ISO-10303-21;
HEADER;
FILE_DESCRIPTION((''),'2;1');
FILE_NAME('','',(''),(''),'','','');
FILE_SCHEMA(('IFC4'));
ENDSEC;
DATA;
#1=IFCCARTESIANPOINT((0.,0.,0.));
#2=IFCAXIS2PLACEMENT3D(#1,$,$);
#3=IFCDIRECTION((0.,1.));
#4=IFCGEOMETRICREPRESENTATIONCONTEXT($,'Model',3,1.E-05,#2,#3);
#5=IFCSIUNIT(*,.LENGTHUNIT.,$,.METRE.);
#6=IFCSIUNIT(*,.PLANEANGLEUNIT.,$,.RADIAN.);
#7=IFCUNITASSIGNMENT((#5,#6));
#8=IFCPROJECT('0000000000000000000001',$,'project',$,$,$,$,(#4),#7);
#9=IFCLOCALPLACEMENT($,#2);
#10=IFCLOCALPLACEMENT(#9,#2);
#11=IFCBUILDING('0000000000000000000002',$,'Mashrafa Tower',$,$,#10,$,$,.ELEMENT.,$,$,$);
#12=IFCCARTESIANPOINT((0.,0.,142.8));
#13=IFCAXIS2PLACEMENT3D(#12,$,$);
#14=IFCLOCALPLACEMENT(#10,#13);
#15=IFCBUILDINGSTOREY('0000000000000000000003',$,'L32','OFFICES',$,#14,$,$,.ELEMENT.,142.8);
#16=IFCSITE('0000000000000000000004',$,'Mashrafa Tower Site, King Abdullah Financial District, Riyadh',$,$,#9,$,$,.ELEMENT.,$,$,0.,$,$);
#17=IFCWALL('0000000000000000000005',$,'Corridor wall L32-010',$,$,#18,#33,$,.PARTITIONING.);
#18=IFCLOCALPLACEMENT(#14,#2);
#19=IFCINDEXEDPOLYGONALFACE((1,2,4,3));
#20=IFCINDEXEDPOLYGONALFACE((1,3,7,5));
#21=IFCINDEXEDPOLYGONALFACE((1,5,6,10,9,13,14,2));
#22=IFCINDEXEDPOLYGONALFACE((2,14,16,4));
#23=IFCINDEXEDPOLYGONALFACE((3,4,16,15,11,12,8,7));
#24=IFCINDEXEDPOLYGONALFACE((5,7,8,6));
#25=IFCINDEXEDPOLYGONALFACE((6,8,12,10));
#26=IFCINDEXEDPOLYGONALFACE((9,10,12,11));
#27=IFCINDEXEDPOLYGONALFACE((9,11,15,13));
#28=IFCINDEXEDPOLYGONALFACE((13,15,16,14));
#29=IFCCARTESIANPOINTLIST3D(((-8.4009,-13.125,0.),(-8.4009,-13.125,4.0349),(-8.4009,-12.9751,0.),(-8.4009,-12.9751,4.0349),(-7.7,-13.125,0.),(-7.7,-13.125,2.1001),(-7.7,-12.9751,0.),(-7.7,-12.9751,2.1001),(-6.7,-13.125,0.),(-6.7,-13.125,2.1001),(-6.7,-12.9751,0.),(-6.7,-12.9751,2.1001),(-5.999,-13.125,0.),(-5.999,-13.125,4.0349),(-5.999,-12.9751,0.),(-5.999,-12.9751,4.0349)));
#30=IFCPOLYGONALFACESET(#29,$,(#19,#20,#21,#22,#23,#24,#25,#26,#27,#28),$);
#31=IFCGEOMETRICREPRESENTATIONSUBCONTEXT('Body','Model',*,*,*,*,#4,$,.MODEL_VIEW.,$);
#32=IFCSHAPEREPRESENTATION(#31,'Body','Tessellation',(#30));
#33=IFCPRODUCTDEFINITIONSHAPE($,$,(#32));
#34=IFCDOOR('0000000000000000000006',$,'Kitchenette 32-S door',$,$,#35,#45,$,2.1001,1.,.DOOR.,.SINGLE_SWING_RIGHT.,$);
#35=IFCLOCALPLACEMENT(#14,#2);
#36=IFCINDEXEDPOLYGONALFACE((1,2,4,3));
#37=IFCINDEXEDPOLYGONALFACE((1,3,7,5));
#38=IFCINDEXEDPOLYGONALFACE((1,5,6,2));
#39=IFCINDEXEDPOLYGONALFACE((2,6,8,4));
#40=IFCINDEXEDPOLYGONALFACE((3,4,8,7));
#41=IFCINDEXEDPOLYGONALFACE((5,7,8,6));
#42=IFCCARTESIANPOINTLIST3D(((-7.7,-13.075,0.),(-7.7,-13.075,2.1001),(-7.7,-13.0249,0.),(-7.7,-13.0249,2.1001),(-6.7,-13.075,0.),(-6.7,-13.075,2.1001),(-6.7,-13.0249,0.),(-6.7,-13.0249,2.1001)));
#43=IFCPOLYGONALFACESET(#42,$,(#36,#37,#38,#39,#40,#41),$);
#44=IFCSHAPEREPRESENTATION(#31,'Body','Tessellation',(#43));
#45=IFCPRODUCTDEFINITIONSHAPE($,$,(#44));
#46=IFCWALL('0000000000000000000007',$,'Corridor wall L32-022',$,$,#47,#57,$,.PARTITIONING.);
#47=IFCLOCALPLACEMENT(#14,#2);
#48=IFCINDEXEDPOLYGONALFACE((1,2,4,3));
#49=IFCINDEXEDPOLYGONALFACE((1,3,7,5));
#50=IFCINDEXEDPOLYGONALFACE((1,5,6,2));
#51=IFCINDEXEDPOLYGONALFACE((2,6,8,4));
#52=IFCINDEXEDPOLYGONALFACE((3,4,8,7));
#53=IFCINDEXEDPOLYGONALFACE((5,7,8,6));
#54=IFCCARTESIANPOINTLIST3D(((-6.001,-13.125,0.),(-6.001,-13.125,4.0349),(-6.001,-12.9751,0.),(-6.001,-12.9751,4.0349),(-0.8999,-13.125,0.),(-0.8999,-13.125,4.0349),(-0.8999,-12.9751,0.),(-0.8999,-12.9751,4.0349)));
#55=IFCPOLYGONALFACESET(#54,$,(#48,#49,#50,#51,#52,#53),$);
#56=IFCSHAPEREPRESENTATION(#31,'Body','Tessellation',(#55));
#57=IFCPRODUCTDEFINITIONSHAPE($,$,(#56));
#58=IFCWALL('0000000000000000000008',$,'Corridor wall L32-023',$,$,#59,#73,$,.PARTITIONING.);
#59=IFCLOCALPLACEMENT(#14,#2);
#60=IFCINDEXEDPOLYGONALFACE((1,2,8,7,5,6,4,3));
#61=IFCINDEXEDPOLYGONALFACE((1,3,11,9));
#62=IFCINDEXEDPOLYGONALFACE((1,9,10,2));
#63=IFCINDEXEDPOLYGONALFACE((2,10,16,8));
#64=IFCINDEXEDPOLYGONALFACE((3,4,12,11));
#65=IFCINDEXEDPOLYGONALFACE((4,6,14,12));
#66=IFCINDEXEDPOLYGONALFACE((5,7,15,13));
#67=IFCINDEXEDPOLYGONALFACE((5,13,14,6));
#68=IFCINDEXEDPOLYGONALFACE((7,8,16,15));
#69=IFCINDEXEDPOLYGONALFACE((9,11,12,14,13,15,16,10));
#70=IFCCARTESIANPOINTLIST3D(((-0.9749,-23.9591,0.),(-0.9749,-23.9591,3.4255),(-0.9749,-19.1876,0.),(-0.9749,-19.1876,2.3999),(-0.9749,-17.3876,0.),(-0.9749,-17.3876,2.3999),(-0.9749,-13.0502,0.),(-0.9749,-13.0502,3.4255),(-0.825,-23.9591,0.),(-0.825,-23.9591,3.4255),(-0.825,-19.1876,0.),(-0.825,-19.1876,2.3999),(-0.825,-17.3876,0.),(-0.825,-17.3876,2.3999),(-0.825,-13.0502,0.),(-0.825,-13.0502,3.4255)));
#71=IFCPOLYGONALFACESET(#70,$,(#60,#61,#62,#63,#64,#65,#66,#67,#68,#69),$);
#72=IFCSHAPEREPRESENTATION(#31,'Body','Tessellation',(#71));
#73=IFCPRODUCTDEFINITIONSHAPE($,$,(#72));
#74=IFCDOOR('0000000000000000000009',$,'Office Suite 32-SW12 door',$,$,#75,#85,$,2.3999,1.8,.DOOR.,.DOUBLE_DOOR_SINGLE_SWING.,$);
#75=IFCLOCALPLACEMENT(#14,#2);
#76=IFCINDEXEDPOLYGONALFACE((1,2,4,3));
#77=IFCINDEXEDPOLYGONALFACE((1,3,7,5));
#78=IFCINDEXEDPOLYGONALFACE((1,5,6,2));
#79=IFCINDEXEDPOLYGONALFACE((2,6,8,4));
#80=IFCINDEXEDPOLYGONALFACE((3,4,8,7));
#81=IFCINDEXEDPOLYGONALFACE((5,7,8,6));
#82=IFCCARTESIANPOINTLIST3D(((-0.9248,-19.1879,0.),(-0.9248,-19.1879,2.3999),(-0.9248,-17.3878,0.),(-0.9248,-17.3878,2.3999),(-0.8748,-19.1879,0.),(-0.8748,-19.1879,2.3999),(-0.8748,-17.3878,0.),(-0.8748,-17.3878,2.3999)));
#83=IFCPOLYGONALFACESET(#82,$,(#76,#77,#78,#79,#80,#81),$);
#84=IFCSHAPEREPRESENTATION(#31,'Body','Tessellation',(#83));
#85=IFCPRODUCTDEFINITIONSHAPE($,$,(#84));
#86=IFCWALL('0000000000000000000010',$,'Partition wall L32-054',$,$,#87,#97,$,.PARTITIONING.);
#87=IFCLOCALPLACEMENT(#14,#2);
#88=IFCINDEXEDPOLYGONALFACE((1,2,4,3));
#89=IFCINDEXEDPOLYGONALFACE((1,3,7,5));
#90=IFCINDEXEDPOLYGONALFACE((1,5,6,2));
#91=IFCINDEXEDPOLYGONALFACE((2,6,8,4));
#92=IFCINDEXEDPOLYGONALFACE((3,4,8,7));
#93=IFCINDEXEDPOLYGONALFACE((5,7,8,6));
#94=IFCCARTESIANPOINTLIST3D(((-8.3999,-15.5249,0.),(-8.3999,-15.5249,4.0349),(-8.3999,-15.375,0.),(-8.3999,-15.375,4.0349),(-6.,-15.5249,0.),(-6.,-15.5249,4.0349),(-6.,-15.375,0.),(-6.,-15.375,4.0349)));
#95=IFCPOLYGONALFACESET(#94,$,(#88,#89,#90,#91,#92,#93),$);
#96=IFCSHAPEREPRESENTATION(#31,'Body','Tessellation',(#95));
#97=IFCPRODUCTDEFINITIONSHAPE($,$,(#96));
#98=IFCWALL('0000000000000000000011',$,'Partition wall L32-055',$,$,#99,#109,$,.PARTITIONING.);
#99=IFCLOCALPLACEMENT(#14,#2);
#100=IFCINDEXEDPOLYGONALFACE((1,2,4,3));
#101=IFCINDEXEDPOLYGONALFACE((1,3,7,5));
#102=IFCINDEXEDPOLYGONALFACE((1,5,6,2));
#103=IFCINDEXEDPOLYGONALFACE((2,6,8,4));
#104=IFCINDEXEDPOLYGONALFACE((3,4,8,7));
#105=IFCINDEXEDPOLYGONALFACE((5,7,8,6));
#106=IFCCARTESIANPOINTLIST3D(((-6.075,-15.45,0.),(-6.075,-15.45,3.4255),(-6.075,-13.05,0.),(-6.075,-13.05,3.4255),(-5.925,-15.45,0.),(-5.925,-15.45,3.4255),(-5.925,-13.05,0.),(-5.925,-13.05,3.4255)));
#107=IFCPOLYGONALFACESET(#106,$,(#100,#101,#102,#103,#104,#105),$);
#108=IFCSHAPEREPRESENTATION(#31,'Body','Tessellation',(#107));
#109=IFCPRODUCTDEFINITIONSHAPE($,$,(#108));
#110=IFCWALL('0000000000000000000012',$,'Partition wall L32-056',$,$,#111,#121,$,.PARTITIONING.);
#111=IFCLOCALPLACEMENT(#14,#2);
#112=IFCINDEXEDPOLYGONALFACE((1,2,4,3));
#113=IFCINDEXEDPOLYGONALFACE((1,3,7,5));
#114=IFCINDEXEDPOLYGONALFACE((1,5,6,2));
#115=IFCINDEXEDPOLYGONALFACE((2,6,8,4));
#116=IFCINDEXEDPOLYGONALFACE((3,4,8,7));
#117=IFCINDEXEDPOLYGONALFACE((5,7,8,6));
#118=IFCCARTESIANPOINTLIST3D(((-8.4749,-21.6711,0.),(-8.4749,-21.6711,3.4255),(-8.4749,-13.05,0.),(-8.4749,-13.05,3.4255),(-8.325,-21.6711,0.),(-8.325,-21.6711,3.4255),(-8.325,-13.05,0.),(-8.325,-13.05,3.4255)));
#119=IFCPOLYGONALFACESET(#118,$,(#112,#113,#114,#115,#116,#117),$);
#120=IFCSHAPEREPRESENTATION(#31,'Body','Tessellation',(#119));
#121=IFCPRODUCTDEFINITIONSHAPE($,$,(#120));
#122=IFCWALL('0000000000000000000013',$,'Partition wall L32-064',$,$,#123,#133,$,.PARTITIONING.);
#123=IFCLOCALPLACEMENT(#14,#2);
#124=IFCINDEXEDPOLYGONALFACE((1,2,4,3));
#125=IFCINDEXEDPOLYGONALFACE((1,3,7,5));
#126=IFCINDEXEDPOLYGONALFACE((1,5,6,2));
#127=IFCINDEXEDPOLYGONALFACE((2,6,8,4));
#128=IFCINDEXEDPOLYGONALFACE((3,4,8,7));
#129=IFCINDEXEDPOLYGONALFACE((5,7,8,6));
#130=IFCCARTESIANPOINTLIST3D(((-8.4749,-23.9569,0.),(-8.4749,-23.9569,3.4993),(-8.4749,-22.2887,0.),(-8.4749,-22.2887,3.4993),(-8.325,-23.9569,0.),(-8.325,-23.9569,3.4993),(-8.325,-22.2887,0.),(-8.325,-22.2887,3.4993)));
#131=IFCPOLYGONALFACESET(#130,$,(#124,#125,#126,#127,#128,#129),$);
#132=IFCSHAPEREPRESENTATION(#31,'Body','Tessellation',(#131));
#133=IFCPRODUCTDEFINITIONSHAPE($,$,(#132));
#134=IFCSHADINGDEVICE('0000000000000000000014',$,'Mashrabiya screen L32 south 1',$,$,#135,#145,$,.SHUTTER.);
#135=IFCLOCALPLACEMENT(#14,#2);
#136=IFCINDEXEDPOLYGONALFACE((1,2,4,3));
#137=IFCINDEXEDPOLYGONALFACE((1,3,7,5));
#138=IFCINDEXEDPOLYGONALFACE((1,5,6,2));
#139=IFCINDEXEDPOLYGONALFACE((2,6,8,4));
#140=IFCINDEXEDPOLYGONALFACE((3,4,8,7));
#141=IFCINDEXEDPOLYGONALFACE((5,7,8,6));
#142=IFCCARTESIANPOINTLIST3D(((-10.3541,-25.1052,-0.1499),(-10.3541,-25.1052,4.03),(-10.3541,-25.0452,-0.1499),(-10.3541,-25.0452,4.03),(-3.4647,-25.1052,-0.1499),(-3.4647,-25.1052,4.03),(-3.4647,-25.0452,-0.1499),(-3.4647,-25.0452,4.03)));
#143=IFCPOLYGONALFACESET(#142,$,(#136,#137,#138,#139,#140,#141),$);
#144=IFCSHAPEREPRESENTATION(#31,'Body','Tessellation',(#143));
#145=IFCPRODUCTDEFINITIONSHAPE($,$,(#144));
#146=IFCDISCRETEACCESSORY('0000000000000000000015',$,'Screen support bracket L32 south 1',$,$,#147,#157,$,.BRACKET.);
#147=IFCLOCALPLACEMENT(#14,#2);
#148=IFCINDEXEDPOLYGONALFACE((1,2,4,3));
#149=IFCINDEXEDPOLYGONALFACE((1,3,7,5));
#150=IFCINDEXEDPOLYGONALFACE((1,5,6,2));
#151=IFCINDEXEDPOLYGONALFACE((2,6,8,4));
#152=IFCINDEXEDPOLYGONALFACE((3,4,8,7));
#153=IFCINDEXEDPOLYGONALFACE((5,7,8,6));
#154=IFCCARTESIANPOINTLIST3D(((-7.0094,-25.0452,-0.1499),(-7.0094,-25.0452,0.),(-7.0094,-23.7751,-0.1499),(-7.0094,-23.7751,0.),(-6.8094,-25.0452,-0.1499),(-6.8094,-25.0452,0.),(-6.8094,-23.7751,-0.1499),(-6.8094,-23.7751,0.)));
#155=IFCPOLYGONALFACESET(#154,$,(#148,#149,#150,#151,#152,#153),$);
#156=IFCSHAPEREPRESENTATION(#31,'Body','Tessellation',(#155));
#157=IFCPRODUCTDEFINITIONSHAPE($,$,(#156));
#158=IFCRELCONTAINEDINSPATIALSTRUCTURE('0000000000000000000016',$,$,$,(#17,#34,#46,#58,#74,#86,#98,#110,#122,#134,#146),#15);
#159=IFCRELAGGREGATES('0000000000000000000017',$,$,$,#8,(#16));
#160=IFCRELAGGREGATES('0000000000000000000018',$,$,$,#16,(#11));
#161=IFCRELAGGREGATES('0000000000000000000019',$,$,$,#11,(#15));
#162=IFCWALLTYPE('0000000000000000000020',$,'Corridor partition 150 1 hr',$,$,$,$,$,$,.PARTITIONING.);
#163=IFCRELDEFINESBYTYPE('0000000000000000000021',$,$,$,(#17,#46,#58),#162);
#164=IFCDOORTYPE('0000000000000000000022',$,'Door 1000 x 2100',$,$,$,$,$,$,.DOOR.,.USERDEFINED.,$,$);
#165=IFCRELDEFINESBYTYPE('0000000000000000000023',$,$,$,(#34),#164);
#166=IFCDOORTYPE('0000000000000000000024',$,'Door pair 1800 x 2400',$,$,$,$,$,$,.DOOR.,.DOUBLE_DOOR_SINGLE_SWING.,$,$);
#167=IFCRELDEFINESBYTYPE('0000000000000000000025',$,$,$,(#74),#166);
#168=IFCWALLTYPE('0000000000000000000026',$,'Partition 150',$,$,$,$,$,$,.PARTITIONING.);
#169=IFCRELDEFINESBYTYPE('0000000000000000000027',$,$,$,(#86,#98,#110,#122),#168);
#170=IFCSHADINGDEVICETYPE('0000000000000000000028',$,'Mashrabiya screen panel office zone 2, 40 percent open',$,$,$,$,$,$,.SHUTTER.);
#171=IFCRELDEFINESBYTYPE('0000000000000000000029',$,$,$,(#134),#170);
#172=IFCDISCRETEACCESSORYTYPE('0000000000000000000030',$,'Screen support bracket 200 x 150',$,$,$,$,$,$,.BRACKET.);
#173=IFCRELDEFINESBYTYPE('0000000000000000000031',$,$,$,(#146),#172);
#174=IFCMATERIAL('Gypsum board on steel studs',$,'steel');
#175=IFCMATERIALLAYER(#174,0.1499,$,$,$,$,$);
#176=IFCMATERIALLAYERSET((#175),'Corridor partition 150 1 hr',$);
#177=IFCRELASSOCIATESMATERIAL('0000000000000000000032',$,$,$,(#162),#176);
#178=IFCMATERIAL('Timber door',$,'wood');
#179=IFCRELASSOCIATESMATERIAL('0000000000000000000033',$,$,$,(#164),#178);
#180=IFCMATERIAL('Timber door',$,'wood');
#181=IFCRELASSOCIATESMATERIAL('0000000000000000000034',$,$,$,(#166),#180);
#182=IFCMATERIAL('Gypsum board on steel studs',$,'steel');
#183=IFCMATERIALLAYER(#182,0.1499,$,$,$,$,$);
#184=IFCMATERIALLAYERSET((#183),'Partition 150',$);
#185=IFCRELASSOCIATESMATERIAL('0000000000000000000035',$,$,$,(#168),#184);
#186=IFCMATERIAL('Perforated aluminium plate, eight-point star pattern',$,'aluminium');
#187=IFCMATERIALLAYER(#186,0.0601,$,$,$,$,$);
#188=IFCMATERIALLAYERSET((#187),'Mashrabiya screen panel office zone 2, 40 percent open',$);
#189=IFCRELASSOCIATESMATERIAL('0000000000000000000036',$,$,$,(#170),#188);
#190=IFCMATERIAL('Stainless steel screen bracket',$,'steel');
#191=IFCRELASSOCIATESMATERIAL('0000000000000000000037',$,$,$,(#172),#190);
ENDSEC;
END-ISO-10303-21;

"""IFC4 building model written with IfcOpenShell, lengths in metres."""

from ifc_helpers import new_model, si_unit, direction, frame, frame_2d, origin, origin_2d, place, context, subcontext, project, spatial, rectangle, extrude, source, transform, mapped, material, layer, layer_set, type_object, type_shapes, element, fill, save


model = new_model("IFC4")

# Units and contexts
model_context = context("Model", 3, precision=1e-05, world=origin(), true_north=direction((0.0, 1.0)))
body_context = subcontext(model_context, "Body", "Model", "MODEL_VIEW")
ifc_project = project(units=[si_unit("LENGTHUNIT", "METRE"), si_unit("PLANEANGLEUNIT", "RADIAN")], contexts=[model_context])

# Site, building, storey
site_placement = place(None, origin())
site = spatial("IfcSite", under=ifc_project, at=site_placement, Name="Mashrafa Tower Site, King Abdullah Financial District, Riyadh", CompositionType="ELEMENT", RefElevation=0.0)
building_placement = place(site_placement, origin())
building = spatial("IfcBuilding", under=site, at=building_placement, Name="Mashrafa Tower", CompositionType="ELEMENT")
storey_placement = place(building_placement, frame((0.0, 0.0, 142.8)))
storey = spatial("IfcBuildingStorey", under=building, at=storey_placement, Name="L32", Description="OFFICES", CompositionType="ELEMENT", Elevation=142.8)

# Wall, opening, door
ifc_material_1 = material(Name="Gypsum board on steel studs", Category="steel")
ifc_layer_1 = layer(ifc_material_1, 0.1499)
ifc_layer_set_1 = layer_set([ifc_layer_1], Name="Corridor partition 150 1 hr")
wall_type_1 = type_object("IfcWallType", Name="Corridor partition 150 1 hr", PredefinedType="PARTITIONING", material=ifc_layer_set_1)
wall_1_placement = place(storey_placement, frame((-8.4009, -13.05, 0.0), z_axis=(0.0, 0.0, 1.0), x_axis=(1.0, 0.0, 0.0)))
wall_1 = element("IfcWall", 1, at=wall_1_placement, inside=storey, type_object=wall_type_1, Name="Corridor wall L32-010", PredefinedType="PARTITIONING", context=body_context, shape_type="SweptSolid", body=[
    extrude(rectangle(XDim=2.4019, YDim=0.1499, at=frame_2d((1.2009, 0.0))), origin(), (0.0, 0.0, 1.0), 4.0349),
])
opening_1_placement = place(wall_1_placement, frame((0.7009, 0.0, 0.0)))
opening_1 = element("IfcOpeningElement", 2, at=opening_1_placement, cuts=wall_1, PredefinedType="OPENING", context=body_context, shape_type="SweptSolid", body=[
    extrude(rectangle(XDim=1.0, YDim=2.1001, at=frame_2d((0.5, 1.05))), frame((0.0, 0.085, 0.0), z_axis=(0.0, -1.0, 0.0), x_axis=(1.0, 0.0, 0.0)), (0.0, 0.0, 1.0), 0.1699),
])
ifc_material_2 = material(Name="Timber door", Category="wood")
door_type_1 = type_object("IfcDoorType", Name="Door 1000 x 2100", OperationType="USERDEFINED", PredefinedType="DOOR", material=ifc_material_2)
door_1_placement = place(opening_1_placement, frame((1.0, 0.0, 0.0), z_axis=(0.0, 0.0, 1.0), x_axis=(-1.0, 0.0, 0.0)))
door_1 = element("IfcDoor", 3, at=door_1_placement, inside=storey, type_object=door_type_1, Name="Kitchenette 32-S door", OperationType="SINGLE_SWING_RIGHT", OverallHeight=2.1001, OverallWidth=1.0, PredefinedType="DOOR", context=body_context, shape_type="SweptSolid", body=[
    extrude(rectangle(XDim=1.0, YDim=2.1001, at=frame_2d((0.5, 1.05))), frame((0.0, 0.0249, 0.0), z_axis=(0.0, -1.0, 0.0), x_axis=(1.0, 0.0, 0.0)), (0.0, 0.0, 1.0), 0.05),
])
fill(opening_1, door_1)

# Wall
wall_2_placement = place(storey_placement, frame((-6.001, -13.05, 0.0), z_axis=(0.0, 0.0, 1.0), x_axis=(1.0, 0.0, 0.0)))
element("IfcWall", 4, at=wall_2_placement, inside=storey, type_object=wall_type_1, Name="Corridor wall L32-022", PredefinedType="PARTITIONING", context=body_context, shape_type="SweptSolid", body=[
    extrude(rectangle(XDim=5.1011, YDim=0.1499, at=frame_2d((2.5505, 0.0))), origin(), (0.0, 0.0, 1.0), 4.0349),
])

# Wall, opening, door
wall_3_placement = place(storey_placement, frame((-0.8999, -13.05, 0.0), z_axis=(0.0, 0.0, 1.0), x_axis=(0.0, -1.0, 0.0)))
wall_3 = element("IfcWall", 5, at=wall_3_placement, inside=storey, type_object=wall_type_1, Name="Corridor wall L32-023", PredefinedType="PARTITIONING", context=body_context, shape_type="SweptSolid", body=[
    extrude(rectangle(XDim=10.9089, YDim=0.1499, at=frame_2d((5.4546, 0.0))), origin(), (0.0, 0.0, 1.0), 3.4255),
])
opening_2_placement = place(wall_3_placement, frame((4.3376, 0.0, 0.0)))
opening_2 = element("IfcOpeningElement", 6, at=opening_2_placement, cuts=wall_3, PredefinedType="OPENING", context=body_context, shape_type="SweptSolid", body=[
    extrude(rectangle(XDim=1.8, YDim=2.3999, at=frame_2d((0.8999, 1.2))), frame((0.0, 0.085, 0.0), z_axis=(0.0, -1.0, 0.0), x_axis=(1.0, 0.0, 0.0)), (0.0, 0.0, 1.0), 0.1699),
])
ifc_material_3 = material(Name="Timber door", Category="wood")
door_type_2 = type_object("IfcDoorType", Name="Door pair 1800 x 2400", OperationType="DOUBLE_DOOR_SINGLE_SWING", PredefinedType="DOOR", material=ifc_material_3)
door_2_placement = place(opening_2_placement, frame((1.8, 0.0, 0.0), z_axis=(0.0, 0.0, 1.0), x_axis=(-1.0, 0.0, 0.0)))
door_2 = element("IfcDoor", 7, at=door_2_placement, inside=storey, type_object=door_type_2, Name="Office Suite 32-SW12 door", OperationType="DOUBLE_DOOR_SINGLE_SWING", OverallHeight=2.3999, OverallWidth=1.8, PredefinedType="DOOR", context=body_context, shape_type="SweptSolid", body=[
    extrude(rectangle(XDim=1.8, YDim=2.3999, at=frame_2d((0.8999, 1.2))), frame((0.0, 0.0249, 0.0), z_axis=(0.0, -1.0, 0.0), x_axis=(1.0, 0.0, 0.0)), (0.0, 0.0, 1.0), 0.05),
])
fill(opening_2, door_2)

# Walls
ifc_material_4 = material(Name="Gypsum board on steel studs", Category="steel")
ifc_layer_2 = layer(ifc_material_4, 0.1499)
ifc_layer_set_2 = layer_set([ifc_layer_2], Name="Partition 150")
wall_type_2 = type_object("IfcWallType", Name="Partition 150", PredefinedType="PARTITIONING", material=ifc_layer_set_2)
wall_4_placement = place(storey_placement, frame((-8.3999, -15.45, 0.0), z_axis=(0.0, 0.0, 1.0), x_axis=(1.0, 0.0, 0.0)))
element("IfcWall", 8, at=wall_4_placement, inside=storey, type_object=wall_type_2, Name="Partition wall L32-054", PredefinedType="PARTITIONING", context=body_context, shape_type="SweptSolid", body=[
    extrude(rectangle(XDim=2.3999, YDim=0.1499, at=frame_2d((1.2, 0.0))), origin(), (0.0, 0.0, 1.0), 4.0349),
])
wall_5_placement = place(storey_placement, frame((-6.0, -15.45, 0.0), z_axis=(0.0, 0.0, 1.0), x_axis=(0.0, 1.0, 0.0)))
element("IfcWall", 9, at=wall_5_placement, inside=storey, type_object=wall_type_2, Name="Partition wall L32-055", PredefinedType="PARTITIONING", context=body_context, shape_type="SweptSolid", body=[
    extrude(rectangle(XDim=2.3999, YDim=0.1499, at=frame_2d((1.2, 0.0))), origin(), (0.0, 0.0, 1.0), 3.4255),
])
wall_6_placement = place(storey_placement, frame((-8.3999, -13.05, 0.0), z_axis=(0.0, 0.0, 1.0), x_axis=(0.0, -1.0, 0.0)))
element("IfcWall", 10, at=wall_6_placement, inside=storey, type_object=wall_type_2, Name="Partition wall L32-056", PredefinedType="PARTITIONING", context=body_context, shape_type="SweptSolid", body=[
    extrude(rectangle(XDim=8.6211, YDim=0.1499, at=frame_2d((4.3105, 0.0))), origin(), (0.0, 0.0, 1.0), 3.4255),
])
wall_7_placement = place(storey_placement, frame((-8.3999, -22.2888, 0.0), z_axis=(0.0, 0.0, 1.0), x_axis=(0.0, -1.0, 0.0)))
element("IfcWall", 11, at=wall_7_placement, inside=storey, type_object=wall_type_2, Name="Partition wall L32-064", PredefinedType="PARTITIONING", context=body_context, shape_type="SweptSolid", body=[
    extrude(rectangle(XDim=1.6682, YDim=0.1499, at=frame_2d((0.834, 0.0))), origin(), (0.0, 0.0, 1.0), 3.4993),
])

# Shading device
ifc_material_5 = material(Name="Perforated aluminium plate, eight-point star pattern", Category="aluminium")
ifc_layer_3 = layer(ifc_material_5, 0.0601)
ifc_layer_set_3 = layer_set([ifc_layer_3], Name="Mashrabiya screen panel office zone 2, 40 percent open")
shading_device_type = type_object("IfcShadingDeviceType", Name="Mashrabiya screen panel office zone 2, 40 percent open", PredefinedType="SHUTTER", material=ifc_layer_set_3)
shared_shape_1 = source(origin(), body_context, "Body", "SweptSolid", [
    extrude(rectangle(XDim=6.8894, YDim=0.0601, at=origin_2d()), origin(), (0.0, 0.0, 1.0), 4.1799),
])
type_shapes(shading_device_type, [shared_shape_1])
shading_device_placement = place(storey_placement, frame((-6.9094, -25.0752, -0.1499), z_axis=(0.0, 0.0, 1.0), x_axis=(1.0, 0.0, 0.0)))
element("IfcShadingDevice", 12, at=shading_device_placement, inside=storey, type_object=shading_device_type, Name="Mashrabiya screen L32 south 1", PredefinedType="SHUTTER", context=body_context, shape_type="MappedRepresentation", body=[
    mapped(shared_shape_1, transform((0.0, 0.0, 0.0))),
])

# Discrete accessory
ifc_material_6 = material(Name="Stainless steel screen bracket", Category="steel")
discrete_accessory_type = type_object("IfcDiscreteAccessoryType", Name="Screen support bracket 200 x 150", PredefinedType="BRACKET", material=ifc_material_6)
shared_shape_2 = source(origin(), body_context, "Body", "SweptSolid", [
    extrude(rectangle(XDim=0.2, YDim=1.27, at=origin_2d()), origin(), (0.0, 0.0, 1.0), 0.1499),
])
type_shapes(discrete_accessory_type, [shared_shape_2])
discrete_accessory_placement = place(storey_placement, frame((-6.9094, -24.4102, -0.1499), z_axis=(0.0, 0.0, 1.0), x_axis=(1.0, 0.0, 0.0)))
element("IfcDiscreteAccessory", 13, at=discrete_accessory_placement, inside=storey, type_object=discrete_accessory_type, Name="Screen support bracket L32 south 1", PredefinedType="BRACKET", context=body_context, shape_type="MappedRepresentation", body=[
    mapped(shared_shape_2, transform((0.0, 0.0, 0.0))),
])

save(model, "model.ifc")
